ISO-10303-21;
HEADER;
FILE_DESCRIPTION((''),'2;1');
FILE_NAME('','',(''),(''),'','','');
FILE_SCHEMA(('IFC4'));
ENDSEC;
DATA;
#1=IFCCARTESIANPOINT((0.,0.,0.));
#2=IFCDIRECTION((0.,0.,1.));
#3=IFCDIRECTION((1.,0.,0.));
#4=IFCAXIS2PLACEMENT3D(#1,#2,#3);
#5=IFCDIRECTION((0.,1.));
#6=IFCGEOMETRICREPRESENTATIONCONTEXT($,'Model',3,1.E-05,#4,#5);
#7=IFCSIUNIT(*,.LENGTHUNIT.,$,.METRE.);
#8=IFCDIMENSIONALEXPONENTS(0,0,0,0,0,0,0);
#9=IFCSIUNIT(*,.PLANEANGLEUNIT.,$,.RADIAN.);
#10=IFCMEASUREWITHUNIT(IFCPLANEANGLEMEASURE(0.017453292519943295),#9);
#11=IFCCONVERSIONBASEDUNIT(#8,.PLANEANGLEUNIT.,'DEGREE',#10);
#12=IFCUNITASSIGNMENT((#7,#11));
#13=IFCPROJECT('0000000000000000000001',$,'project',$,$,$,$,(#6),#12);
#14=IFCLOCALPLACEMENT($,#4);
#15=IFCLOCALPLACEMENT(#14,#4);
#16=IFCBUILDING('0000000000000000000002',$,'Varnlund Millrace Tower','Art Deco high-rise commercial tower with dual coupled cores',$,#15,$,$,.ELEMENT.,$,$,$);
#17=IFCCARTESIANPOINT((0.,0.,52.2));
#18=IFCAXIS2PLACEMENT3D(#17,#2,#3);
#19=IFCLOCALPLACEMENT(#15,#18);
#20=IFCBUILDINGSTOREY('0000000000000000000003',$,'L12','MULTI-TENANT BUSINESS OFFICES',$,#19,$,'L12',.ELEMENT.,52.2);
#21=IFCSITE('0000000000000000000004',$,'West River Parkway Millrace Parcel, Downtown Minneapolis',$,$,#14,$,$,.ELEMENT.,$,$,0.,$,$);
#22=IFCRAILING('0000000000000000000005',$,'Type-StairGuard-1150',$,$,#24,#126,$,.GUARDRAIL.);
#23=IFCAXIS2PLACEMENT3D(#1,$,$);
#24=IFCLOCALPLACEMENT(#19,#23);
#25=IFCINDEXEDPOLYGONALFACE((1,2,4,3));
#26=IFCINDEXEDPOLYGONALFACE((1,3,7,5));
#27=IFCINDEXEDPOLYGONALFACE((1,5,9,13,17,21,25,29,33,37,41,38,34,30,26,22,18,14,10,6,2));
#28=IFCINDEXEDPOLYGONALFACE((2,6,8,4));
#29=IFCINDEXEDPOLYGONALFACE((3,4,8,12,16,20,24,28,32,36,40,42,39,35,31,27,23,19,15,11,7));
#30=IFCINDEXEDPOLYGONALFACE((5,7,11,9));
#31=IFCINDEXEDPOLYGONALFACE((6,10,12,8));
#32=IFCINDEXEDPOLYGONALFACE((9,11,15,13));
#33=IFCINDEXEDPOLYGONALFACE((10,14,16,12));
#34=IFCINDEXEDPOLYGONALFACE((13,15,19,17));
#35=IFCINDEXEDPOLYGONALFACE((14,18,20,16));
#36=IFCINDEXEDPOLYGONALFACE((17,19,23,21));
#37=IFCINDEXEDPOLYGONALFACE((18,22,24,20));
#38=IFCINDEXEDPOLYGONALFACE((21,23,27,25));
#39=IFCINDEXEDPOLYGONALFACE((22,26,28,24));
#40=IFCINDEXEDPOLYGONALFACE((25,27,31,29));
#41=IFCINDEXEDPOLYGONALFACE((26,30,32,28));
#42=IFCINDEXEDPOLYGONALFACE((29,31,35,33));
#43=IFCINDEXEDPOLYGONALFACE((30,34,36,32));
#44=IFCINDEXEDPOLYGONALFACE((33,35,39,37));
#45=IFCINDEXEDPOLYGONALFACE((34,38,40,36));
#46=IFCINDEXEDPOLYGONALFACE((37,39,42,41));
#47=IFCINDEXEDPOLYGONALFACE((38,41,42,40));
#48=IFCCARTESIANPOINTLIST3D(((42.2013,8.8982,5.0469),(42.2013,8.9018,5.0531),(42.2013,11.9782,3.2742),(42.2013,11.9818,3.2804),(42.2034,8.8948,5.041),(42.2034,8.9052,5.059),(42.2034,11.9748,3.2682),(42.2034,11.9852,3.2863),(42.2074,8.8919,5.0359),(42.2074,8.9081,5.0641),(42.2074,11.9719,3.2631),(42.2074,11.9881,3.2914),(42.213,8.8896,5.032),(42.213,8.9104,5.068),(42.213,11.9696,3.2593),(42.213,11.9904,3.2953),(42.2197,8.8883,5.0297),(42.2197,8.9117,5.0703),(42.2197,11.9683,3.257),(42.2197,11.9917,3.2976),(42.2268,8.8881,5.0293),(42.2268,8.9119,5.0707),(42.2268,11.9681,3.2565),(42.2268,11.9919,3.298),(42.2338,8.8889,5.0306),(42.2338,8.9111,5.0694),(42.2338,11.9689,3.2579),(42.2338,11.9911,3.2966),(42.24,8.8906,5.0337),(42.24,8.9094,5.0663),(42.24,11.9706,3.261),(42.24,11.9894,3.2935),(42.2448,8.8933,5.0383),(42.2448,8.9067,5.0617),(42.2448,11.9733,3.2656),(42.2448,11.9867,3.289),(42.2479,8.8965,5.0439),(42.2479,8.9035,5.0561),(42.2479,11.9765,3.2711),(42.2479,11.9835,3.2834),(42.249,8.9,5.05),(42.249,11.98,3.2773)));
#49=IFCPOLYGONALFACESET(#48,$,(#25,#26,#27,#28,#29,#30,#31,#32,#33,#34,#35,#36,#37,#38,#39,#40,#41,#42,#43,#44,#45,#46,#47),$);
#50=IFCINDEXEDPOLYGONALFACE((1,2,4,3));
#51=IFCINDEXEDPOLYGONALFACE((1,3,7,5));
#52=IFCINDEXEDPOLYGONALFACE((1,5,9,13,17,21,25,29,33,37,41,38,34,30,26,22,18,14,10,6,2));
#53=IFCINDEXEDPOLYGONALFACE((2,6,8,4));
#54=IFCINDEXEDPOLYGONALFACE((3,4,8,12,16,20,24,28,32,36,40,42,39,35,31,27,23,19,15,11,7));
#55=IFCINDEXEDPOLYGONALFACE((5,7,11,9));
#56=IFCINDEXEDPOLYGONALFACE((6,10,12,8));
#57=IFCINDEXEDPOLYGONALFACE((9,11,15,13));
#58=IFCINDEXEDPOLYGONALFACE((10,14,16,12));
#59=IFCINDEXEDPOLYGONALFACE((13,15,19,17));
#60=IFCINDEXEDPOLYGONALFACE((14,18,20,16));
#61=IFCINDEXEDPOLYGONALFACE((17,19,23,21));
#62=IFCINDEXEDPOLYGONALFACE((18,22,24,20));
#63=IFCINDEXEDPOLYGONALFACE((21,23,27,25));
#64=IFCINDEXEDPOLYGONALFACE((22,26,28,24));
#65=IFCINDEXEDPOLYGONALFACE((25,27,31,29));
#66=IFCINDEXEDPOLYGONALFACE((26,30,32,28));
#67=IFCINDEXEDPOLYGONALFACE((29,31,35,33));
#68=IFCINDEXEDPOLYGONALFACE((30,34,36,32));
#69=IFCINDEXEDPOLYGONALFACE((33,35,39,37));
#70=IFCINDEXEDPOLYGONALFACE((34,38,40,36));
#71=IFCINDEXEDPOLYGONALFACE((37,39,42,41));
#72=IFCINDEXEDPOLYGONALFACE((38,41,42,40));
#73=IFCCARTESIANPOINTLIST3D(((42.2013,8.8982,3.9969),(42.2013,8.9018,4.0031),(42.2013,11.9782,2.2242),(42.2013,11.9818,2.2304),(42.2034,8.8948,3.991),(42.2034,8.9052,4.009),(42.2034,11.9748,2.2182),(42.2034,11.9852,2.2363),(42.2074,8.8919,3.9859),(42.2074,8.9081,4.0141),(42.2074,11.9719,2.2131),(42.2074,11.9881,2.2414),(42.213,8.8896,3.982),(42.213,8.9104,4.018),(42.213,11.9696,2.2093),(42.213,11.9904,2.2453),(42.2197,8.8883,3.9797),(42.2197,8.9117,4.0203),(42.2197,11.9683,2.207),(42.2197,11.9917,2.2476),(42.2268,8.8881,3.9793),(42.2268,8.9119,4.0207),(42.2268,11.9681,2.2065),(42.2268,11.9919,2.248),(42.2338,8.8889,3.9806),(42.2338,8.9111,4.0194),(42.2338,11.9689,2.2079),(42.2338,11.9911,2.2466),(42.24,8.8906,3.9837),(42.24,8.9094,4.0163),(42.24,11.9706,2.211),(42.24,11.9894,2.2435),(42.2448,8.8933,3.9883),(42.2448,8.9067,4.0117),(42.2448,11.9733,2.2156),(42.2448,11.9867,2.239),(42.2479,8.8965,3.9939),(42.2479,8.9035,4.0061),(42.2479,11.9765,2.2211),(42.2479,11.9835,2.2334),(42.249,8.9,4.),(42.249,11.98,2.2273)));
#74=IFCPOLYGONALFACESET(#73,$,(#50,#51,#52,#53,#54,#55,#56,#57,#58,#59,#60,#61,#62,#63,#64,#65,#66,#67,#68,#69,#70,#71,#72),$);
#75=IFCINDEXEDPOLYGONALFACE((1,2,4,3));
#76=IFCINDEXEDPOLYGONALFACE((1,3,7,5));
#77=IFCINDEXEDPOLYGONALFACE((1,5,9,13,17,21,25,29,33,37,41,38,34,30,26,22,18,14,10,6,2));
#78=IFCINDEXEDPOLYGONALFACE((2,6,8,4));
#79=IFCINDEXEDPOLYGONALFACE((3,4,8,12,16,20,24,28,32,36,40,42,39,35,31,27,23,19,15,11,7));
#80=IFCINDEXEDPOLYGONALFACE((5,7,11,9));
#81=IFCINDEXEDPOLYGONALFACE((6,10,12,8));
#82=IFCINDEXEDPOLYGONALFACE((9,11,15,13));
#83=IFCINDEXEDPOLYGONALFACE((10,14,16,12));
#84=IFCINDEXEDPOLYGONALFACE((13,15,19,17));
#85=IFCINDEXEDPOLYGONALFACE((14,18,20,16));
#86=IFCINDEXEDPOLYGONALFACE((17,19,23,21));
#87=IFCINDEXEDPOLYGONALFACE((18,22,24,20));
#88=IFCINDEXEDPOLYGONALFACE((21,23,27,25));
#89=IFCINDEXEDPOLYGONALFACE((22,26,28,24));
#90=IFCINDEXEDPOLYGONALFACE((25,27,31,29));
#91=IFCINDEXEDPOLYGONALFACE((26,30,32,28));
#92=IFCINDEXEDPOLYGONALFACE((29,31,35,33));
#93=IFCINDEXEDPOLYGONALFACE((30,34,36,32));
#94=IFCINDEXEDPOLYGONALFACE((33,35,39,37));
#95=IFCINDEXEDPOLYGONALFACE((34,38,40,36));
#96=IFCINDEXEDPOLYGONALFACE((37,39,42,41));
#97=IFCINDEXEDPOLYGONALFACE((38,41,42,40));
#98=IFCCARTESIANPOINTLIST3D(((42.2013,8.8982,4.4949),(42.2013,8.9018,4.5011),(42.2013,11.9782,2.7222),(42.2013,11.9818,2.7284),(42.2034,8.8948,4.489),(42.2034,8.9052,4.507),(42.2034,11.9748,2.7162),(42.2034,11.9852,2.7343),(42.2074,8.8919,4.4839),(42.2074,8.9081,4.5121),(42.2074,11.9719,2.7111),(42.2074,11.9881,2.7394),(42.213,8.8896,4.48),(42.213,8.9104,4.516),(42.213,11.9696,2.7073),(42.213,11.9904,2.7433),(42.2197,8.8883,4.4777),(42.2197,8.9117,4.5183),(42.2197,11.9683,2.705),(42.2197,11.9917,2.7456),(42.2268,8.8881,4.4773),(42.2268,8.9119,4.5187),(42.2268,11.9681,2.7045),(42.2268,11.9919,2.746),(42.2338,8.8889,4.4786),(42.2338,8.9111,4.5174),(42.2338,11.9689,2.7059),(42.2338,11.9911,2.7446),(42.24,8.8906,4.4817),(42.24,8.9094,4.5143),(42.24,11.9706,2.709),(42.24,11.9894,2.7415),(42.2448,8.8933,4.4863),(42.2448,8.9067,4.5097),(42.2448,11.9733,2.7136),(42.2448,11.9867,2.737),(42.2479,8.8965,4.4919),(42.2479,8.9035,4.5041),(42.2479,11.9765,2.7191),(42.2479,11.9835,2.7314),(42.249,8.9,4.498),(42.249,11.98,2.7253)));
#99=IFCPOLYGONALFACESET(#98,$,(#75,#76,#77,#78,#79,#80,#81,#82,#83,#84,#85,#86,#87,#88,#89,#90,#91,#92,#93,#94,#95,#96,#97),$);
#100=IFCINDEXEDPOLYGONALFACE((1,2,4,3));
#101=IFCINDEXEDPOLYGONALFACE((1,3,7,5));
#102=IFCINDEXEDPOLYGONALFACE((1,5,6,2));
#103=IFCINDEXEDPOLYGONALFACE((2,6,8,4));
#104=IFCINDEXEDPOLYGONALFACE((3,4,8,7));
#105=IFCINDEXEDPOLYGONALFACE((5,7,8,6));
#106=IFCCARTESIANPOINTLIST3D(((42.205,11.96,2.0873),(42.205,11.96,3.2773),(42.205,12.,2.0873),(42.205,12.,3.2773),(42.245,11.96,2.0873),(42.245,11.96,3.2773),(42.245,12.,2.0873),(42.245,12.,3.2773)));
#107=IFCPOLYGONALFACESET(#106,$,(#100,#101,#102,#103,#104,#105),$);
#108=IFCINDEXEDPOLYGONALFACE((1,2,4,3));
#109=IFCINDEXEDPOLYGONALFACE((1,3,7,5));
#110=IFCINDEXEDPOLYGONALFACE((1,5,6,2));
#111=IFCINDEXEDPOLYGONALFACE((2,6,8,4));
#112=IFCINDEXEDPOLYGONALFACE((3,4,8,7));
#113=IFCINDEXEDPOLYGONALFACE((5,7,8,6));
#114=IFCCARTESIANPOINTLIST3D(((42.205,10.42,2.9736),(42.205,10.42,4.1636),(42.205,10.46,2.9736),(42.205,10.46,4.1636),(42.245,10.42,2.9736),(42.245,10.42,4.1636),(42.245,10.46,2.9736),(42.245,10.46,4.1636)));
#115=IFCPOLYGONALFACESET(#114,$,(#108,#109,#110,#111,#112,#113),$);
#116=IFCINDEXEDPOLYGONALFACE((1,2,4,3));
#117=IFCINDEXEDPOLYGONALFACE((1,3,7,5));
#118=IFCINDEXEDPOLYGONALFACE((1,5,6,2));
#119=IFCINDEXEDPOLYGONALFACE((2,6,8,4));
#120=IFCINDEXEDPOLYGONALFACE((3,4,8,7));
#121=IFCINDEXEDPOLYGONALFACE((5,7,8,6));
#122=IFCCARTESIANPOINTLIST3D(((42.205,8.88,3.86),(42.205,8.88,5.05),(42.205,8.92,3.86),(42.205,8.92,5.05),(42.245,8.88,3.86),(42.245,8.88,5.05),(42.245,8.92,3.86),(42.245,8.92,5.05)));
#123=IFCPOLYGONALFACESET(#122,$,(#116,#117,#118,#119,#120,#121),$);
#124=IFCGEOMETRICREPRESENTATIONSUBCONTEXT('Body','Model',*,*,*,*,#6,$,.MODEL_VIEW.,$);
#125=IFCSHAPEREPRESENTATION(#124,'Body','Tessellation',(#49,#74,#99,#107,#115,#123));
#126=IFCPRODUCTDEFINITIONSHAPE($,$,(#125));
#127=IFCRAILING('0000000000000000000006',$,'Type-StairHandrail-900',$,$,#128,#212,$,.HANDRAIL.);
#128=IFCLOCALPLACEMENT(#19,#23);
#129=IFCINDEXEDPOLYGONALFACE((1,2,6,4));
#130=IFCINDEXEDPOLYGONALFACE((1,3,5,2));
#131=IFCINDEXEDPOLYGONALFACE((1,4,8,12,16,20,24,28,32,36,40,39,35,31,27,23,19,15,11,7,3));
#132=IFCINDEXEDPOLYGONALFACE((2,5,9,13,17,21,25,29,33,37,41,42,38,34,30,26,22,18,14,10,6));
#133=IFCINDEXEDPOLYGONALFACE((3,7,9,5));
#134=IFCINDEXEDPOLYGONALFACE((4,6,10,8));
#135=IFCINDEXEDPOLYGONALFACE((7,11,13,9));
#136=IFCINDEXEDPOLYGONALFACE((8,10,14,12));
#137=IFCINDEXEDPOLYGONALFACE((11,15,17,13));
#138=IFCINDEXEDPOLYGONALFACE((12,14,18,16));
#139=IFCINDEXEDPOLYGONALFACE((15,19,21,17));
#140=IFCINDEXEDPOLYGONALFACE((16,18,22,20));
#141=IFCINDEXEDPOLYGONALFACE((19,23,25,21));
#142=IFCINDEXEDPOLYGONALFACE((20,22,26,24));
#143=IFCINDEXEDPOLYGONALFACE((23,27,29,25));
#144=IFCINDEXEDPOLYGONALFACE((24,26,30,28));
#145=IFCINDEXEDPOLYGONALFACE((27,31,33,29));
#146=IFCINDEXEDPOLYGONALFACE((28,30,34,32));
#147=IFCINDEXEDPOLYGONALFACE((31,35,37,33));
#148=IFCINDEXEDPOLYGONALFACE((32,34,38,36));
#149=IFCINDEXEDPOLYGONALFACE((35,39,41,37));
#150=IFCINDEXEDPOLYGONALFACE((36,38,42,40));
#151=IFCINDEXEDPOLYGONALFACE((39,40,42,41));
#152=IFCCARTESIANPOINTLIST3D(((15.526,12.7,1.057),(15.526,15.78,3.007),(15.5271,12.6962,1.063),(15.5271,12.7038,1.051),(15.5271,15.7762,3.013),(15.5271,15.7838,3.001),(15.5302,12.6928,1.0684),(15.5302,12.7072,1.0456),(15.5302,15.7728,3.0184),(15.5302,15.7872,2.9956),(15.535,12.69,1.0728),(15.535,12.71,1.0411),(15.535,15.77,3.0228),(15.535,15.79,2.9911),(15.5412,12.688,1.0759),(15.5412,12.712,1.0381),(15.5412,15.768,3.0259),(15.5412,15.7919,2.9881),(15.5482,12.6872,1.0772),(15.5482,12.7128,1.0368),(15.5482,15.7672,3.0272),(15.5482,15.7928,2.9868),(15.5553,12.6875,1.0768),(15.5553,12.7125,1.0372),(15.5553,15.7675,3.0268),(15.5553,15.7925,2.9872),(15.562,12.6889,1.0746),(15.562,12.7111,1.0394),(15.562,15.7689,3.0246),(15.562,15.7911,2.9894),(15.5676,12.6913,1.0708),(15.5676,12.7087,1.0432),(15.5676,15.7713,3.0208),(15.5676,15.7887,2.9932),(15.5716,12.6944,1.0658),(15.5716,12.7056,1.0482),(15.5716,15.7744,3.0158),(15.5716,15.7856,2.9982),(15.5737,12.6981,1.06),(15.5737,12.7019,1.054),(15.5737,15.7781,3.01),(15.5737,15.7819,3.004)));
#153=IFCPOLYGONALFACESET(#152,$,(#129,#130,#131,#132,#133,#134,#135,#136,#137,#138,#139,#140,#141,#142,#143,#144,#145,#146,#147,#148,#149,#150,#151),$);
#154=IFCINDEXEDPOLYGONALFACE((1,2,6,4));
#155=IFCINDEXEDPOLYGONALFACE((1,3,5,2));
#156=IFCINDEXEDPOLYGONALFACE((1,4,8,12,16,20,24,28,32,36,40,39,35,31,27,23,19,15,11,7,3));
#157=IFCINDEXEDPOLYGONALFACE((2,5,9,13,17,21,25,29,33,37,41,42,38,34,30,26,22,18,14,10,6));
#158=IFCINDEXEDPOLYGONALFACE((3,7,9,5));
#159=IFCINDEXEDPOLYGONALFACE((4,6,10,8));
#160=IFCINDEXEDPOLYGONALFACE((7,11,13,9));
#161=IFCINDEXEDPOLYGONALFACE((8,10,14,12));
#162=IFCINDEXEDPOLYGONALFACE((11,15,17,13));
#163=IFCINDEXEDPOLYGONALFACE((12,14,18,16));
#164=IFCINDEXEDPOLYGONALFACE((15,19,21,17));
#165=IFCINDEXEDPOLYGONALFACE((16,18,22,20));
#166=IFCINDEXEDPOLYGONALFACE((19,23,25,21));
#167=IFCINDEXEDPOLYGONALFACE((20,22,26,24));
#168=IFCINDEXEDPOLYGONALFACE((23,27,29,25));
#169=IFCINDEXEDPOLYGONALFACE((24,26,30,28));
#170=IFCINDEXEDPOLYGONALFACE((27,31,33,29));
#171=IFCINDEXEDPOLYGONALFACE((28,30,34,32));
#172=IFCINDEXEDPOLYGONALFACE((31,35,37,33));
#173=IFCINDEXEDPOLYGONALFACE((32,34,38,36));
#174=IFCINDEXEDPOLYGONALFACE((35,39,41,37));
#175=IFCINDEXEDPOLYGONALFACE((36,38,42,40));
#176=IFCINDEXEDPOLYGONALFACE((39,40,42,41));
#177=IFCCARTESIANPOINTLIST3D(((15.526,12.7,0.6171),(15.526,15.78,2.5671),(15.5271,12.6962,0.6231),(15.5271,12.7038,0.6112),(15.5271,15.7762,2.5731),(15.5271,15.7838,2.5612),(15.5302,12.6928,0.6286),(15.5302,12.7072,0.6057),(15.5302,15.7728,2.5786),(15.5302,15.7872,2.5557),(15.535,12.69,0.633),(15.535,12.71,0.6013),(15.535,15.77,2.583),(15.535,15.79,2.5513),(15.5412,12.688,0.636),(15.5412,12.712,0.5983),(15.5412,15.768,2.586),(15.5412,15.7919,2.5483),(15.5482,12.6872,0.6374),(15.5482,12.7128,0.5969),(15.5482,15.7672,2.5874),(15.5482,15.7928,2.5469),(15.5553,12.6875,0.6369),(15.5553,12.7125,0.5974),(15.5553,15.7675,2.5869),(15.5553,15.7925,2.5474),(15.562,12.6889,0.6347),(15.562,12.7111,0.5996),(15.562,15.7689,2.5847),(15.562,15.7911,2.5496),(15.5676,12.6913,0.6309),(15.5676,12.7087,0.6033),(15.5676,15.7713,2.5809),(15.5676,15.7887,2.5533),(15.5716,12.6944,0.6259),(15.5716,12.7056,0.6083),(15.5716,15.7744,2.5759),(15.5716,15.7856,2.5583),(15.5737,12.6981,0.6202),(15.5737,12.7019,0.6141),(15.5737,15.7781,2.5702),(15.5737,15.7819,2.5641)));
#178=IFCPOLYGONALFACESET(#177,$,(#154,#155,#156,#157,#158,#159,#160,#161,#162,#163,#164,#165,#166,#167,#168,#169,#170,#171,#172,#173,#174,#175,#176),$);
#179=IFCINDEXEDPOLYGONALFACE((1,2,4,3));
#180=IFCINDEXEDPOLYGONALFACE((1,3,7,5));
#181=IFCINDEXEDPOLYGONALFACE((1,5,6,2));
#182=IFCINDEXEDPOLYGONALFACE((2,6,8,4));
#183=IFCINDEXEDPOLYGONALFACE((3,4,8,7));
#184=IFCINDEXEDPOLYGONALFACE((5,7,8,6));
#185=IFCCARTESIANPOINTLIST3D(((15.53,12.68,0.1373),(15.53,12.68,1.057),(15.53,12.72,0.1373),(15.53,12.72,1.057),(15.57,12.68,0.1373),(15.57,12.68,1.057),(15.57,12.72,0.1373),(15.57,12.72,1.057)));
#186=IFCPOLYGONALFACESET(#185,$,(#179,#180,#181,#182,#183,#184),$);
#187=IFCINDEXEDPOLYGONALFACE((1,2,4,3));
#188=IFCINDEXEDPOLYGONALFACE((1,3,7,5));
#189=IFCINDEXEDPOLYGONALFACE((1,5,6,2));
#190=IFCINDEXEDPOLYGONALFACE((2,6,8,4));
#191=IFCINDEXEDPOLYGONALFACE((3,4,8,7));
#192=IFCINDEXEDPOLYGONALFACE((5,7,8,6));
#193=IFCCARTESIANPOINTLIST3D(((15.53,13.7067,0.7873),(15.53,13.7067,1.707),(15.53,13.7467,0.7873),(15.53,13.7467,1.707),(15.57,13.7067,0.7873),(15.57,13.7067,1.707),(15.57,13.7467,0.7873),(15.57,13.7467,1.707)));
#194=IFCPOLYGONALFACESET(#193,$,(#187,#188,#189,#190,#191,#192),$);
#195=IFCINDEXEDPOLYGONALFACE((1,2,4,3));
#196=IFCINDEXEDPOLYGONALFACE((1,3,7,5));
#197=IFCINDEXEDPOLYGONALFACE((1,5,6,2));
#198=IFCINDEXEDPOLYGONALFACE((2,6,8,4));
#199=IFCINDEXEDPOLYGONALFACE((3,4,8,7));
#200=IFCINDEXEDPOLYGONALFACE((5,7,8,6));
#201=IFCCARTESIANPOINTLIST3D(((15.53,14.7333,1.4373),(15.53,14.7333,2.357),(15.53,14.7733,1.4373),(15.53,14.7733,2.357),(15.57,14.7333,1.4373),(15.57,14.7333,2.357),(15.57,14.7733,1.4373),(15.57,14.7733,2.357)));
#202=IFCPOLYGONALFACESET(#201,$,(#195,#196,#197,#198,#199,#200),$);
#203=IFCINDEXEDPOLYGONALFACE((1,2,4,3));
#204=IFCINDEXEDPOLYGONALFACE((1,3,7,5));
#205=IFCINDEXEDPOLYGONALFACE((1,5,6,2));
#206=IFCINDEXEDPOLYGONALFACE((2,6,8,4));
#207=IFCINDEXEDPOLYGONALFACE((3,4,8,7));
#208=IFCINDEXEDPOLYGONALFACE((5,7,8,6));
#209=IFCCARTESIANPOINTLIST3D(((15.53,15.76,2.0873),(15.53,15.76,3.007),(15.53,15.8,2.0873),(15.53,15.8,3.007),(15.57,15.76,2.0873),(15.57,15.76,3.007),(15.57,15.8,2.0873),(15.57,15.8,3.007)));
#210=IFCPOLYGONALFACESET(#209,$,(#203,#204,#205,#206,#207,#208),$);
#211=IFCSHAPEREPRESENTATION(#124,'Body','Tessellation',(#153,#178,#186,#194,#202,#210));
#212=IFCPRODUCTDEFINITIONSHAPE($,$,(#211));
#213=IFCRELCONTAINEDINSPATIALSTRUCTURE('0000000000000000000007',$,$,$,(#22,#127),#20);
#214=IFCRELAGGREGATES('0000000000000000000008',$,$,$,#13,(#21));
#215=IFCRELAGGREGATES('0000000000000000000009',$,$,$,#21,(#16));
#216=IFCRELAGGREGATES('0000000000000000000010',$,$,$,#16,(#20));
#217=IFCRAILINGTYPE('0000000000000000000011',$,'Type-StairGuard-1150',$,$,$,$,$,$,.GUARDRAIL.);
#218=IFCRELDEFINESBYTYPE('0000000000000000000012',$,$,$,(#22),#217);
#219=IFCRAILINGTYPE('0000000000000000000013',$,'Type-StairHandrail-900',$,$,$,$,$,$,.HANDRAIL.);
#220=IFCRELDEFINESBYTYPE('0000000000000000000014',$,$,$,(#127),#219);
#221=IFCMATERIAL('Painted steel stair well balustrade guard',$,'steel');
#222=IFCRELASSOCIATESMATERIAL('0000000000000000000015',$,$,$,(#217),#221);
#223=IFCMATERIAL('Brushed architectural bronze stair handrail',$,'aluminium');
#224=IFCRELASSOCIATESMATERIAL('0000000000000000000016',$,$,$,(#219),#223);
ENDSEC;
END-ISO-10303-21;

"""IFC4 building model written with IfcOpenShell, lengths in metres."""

from ifc_helpers import new_model, entity, si_unit, converted_unit, direction, frame, origin_with_axes, origin_2d_with_axis, place, context, subcontext, project, spatial, rectangle, circle, extrude, material, type_object, element, save


model = new_model("IFC4")

# Units and contexts
model_context = context("Model", 3, precision=1e-05, world=origin_with_axes(), true_north=direction((0.0, 1.0)))
body_context = subcontext(model_context, "Body", "Model", "MODEL_VIEW")
ifc_project = project(units=[si_unit("LENGTHUNIT", "METRE"), converted_unit("PLANEANGLEUNIT", "DEGREE", entity("IfcPlaneAngleMeasure", 0.017453292519943295), si_unit("PLANEANGLEUNIT", "RADIAN"), dimensions=[0, 0, 0, 0, 0, 0, 0])], contexts=[model_context])

# Site, building, storey
site_placement = place(None, origin_with_axes())
site = spatial("IfcSite", under=ifc_project, at=site_placement, Name="West River Parkway Millrace Parcel, Downtown Minneapolis", CompositionType="ELEMENT", RefElevation=0.0)
building_placement = place(site_placement, origin_with_axes())
building = spatial("IfcBuilding", under=site, at=building_placement, Name="Varnlund Millrace Tower", Description="Art Deco high-rise commercial tower with dual coupled cores", CompositionType="ELEMENT")
storey_placement = place(building_placement, frame((0.0, 0.0, 52.2), z_axis=(0.0, 0.0, 1.0), x_axis=(1.0, 0.0, 0.0)))
storey = spatial("IfcBuildingStorey", under=building, at=storey_placement, Name="L12", Description="MULTI-TENANT BUSINESS OFFICES", LongName="L12", CompositionType="ELEMENT", Elevation=52.2)

# Railings
ifc_material_1 = material(Name="Painted steel stair well balustrade guard", Category="steel")
railing_type_1 = type_object("IfcRailingType", Name="Type-StairGuard-1150", PredefinedType="GUARDRAIL", material=ifc_material_1)
railing_1_placement = place(storey_placement, frame((0.0, 0.0, -52.2), z_axis=(0.0, 0.0, 1.0), x_axis=(1.0, 0.0, 0.0)))
element("IfcRailing", 1, at=railing_1_placement, inside=storey, type_object=railing_type_1, Name="Type-StairGuard-1150", PredefinedType="GUARDRAIL", context=body_context, shape_type="SweptSolid", body=[
    extrude(circle(Radius=0.024, at=origin_2d_with_axis()), frame((42.225, 11.98, 55.4773), z_axis=(0.0, -0.866696, 0.498836), x_axis=(1.0, 0.0, 0.0)), (0.0, 0.0, 1.0), 3.5537),
    extrude(circle(Radius=0.024, at=origin_2d_with_axis()), frame((42.225, 11.98, 54.4273), z_axis=(0.0, -0.866696, 0.498836), x_axis=(1.0, 0.0, 0.0)), (0.0, 0.0, 1.0), 3.5537),
    extrude(circle(Radius=0.024, at=origin_2d_with_axis()), frame((42.225, 11.98, 54.9253), z_axis=(0.0, -0.866696, 0.498836), x_axis=(1.0, 0.0, 0.0)), (0.0, 0.0, 1.0), 3.5537),
    extrude(rectangle(XDim=0.04, YDim=0.04, at=origin_2d_with_axis()), frame((42.225, 11.98, 54.2873), z_axis=(0.0, 0.0, 1.0), x_axis=(1.0, 0.0, 0.0)), (0.0, 0.0, 1.0), 1.19),
    extrude(rectangle(XDim=0.04, YDim=0.04, at=origin_2d_with_axis()), frame((42.225, 10.44, 55.1736), z_axis=(0.0, 0.0, 1.0), x_axis=(1.0, 0.0, 0.0)), (0.0, 0.0, 1.0), 1.19),
    extrude(rectangle(XDim=0.04, YDim=0.04, at=origin_2d_with_axis()), frame((42.225, 8.9, 56.06), z_axis=(0.0, 0.0, 1.0), x_axis=(1.0, 0.0, 0.0)), (0.0, 0.0, 1.0), 1.19),
])
ifc_material_2 = material(Name="Brushed architectural bronze stair handrail", Category="aluminium")
railing_type_2 = type_object("IfcRailingType", Name="Type-StairHandrail-900", PredefinedType="HANDRAIL", material=ifc_material_2)
railing_2_placement = place(storey_placement, frame((0.0, 0.0, -52.2), z_axis=(0.0, 0.0, 1.0), x_axis=(1.0, 0.0, 0.0)))
element("IfcRailing", 2, at=railing_2_placement, inside=storey, type_object=railing_type_2, Name="Type-StairHandrail-900", PredefinedType="HANDRAIL", context=body_context, shape_type="SweptSolid", body=[
    extrude(circle(Radius=0.024, at=origin_2d_with_axis()), frame((15.55, 12.7, 53.257), z_axis=(0.0, 0.844902, 0.534922), x_axis=(-1.0, 0.0, 0.0)), (0.0, 0.0, 1.0), 3.6454),
    extrude(circle(Radius=0.024, at=origin_2d_with_axis()), frame((15.55, 12.7, 52.8171), z_axis=(0.0, 0.844902, 0.534922), x_axis=(-1.0, 0.0, 0.0)), (0.0, 0.0, 1.0), 3.6454),
    extrude(rectangle(XDim=0.04, YDim=0.04, at=origin_2d_with_axis()), frame((15.55, 12.7, 52.3373), z_axis=(0.0, 0.0, 1.0), x_axis=(1.0, 0.0, 0.0)), (0.0, 0.0, 1.0), 0.9197),
    extrude(rectangle(XDim=0.04, YDim=0.04, at=origin_2d_with_axis()), frame((15.55, 13.7267, 52.9873), z_axis=(0.0, 0.0, 1.0), x_axis=(1.0, 0.0, 0.0)), (0.0, 0.0, 1.0), 0.9197),
    extrude(rectangle(XDim=0.04, YDim=0.04, at=origin_2d_with_axis()), frame((15.55, 14.7533, 53.6373), z_axis=(0.0, 0.0, 1.0), x_axis=(1.0, 0.0, 0.0)), (0.0, 0.0, 1.0), 0.9197),
    extrude(rectangle(XDim=0.04, YDim=0.04, at=origin_2d_with_axis()), frame((15.55, 15.78, 54.2873), z_axis=(0.0, 0.0, 1.0), x_axis=(1.0, 0.0, 0.0)), (0.0, 0.0, 1.0), 0.9197),
])

save(model, "model.ifc")
